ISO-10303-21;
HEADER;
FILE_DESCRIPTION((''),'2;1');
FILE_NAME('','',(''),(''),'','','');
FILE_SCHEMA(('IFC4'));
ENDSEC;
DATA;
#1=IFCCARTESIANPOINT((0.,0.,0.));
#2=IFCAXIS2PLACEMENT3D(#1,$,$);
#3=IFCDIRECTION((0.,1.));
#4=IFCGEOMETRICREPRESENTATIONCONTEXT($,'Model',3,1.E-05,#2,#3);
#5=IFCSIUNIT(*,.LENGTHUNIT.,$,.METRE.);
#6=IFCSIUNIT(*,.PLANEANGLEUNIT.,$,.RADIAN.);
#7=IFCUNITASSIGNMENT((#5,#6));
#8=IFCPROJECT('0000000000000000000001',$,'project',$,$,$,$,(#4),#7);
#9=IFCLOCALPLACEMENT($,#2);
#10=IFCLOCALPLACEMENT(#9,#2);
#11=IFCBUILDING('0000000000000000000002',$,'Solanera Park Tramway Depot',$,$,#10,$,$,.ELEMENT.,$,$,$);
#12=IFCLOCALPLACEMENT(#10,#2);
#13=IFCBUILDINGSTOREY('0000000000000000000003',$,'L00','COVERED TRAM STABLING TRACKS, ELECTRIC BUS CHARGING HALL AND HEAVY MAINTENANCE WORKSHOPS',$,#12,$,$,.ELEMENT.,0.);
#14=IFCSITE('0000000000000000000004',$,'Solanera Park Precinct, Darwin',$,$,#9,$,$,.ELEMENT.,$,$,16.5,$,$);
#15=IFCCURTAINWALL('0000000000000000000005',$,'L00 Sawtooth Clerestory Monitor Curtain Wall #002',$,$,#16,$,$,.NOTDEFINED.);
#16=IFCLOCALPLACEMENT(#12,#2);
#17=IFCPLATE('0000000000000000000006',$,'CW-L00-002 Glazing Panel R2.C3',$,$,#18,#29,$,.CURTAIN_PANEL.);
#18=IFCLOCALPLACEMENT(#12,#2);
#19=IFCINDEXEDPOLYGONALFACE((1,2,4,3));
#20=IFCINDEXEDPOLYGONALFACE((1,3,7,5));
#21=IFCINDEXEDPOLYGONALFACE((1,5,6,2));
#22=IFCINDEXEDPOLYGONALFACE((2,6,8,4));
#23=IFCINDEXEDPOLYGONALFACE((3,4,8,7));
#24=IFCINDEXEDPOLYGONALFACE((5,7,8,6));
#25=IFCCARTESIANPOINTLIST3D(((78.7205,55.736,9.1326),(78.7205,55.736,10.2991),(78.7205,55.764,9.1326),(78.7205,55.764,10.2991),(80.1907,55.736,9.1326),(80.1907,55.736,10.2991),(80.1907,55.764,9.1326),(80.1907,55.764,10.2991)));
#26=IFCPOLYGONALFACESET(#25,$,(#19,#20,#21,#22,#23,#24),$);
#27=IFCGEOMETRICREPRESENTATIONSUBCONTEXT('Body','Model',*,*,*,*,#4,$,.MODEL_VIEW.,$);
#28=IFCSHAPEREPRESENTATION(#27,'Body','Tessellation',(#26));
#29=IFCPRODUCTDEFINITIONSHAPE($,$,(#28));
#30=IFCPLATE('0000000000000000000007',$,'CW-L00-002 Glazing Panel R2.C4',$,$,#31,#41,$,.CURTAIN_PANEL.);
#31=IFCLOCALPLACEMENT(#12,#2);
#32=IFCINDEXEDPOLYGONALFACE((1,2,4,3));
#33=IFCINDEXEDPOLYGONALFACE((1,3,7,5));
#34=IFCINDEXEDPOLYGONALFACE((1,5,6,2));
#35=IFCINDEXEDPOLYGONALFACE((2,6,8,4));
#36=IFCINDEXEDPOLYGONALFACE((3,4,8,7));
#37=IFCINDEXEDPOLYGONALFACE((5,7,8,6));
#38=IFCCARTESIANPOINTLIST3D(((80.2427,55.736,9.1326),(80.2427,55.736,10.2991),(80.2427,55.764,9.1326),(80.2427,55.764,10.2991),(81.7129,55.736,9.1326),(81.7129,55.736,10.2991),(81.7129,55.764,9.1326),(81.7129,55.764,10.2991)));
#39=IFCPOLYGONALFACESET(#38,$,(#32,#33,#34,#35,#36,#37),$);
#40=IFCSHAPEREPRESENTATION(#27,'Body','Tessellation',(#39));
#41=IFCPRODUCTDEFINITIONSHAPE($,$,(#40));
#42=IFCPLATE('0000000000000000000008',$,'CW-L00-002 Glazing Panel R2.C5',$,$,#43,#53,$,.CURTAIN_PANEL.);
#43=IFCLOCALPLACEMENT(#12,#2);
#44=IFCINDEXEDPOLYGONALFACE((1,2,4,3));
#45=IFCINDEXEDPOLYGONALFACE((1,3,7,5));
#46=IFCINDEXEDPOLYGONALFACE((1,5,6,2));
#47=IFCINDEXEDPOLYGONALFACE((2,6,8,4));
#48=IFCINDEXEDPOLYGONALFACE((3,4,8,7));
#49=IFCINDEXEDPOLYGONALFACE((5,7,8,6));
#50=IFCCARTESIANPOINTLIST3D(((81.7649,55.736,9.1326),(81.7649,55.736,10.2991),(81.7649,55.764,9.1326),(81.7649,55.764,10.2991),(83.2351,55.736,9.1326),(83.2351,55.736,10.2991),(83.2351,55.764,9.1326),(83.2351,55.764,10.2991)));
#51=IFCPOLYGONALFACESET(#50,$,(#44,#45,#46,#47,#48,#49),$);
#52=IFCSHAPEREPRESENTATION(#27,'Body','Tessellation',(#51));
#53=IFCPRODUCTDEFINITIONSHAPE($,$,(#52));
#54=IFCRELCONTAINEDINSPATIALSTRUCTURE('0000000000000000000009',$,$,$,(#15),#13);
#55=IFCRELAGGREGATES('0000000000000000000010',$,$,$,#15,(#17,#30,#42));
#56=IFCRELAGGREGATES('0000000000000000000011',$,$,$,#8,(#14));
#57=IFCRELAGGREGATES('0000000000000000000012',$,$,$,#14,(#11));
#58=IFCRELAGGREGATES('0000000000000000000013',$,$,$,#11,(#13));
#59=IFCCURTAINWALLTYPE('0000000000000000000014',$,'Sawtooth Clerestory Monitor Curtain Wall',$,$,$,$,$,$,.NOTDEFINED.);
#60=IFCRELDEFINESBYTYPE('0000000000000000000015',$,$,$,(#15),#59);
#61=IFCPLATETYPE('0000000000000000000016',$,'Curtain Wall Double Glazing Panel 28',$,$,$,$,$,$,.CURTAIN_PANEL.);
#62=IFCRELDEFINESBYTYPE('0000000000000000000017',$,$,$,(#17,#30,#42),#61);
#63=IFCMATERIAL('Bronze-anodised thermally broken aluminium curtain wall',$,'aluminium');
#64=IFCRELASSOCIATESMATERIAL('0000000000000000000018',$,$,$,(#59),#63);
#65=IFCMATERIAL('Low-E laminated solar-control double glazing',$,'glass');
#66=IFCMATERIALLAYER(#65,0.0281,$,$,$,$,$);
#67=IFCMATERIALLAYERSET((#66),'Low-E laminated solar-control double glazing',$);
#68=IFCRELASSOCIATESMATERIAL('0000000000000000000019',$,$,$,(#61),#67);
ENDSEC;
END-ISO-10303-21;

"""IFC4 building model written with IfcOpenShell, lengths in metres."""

from ifc_helpers import new_model, si_unit, direction, frame, origin, origin_2d, place, context, subcontext, project, spatial, rectangle, extrude, material, layer, layer_set, type_object, element, aggregate, save


model = new_model("IFC4")

# Units and contexts
model_context = context("Model", 3, precision=1e-05, world=origin(), true_north=direction((0.0, 1.0)))
body_context = subcontext(model_context, "Body", "Model", "MODEL_VIEW")
ifc_project = project(units=[si_unit("LENGTHUNIT", "METRE"), si_unit("PLANEANGLEUNIT", "RADIAN")], contexts=[model_context])

# Site, building, storey
site_placement = place(None, origin())
site = spatial("IfcSite", under=ifc_project, at=site_placement, Name="Solanera Park Precinct, Darwin", CompositionType="ELEMENT", RefElevation=16.5)
building_placement = place(site_placement, origin())
building = spatial("IfcBuilding", under=site, at=building_placement, Name="Solanera Park Tramway Depot", CompositionType="ELEMENT")
storey_placement = place(building_placement, origin())
storey = spatial("IfcBuildingStorey", under=building, at=storey_placement, Name="L00", Description="COVERED TRAM STABLING TRACKS, ELECTRIC BUS CHARGING HALL AND HEAVY MAINTENANCE WORKSHOPS", CompositionType="ELEMENT", Elevation=0.0)

# Curtain wall, plates
ifc_material_1 = material(Name="Bronze-anodised thermally broken aluminium curtain wall", Category="aluminium")
curtain_wall_type = type_object("IfcCurtainWallType", Name="Sawtooth Clerestory Monitor Curtain Wall", PredefinedType="NOTDEFINED", material=ifc_material_1)
curtain_wall_placement = place(storey_placement, origin())
curtain_wall = element("IfcCurtainWall", 1, at=curtain_wall_placement, inside=storey, type_object=curtain_wall_type, Name="L00 Sawtooth Clerestory Monitor Curtain Wall #002", PredefinedType="NOTDEFINED")
ifc_material_2 = material(Name="Low-E laminated solar-control double glazing", Category="glass")
ifc_layer = layer(ifc_material_2, 0.0281)
ifc_layer_set = layer_set([ifc_layer], Name="Low-E laminated solar-control double glazing")
plate_type = type_object("IfcPlateType", Name="Curtain Wall Double Glazing Panel 28", PredefinedType="CURTAIN_PANEL", material=ifc_layer_set)
plate_1_placement = place(storey_placement, frame((79.4556, 55.75, 9.1326), z_axis=(0.0, 0.0, 1.0), x_axis=(1.0, 0.0, 0.0)))
plate_1 = element("IfcPlate", 2, at=plate_1_placement, type_object=plate_type, Name="CW-L00-002 Glazing Panel R2.C3", PredefinedType="CURTAIN_PANEL", context=body_context, shape_type="SweptSolid", body=[
    extrude(rectangle(XDim=1.4702, YDim=0.0281, at=origin_2d()), origin(), (0.0, 0.0, 1.0), 1.1665),
])
plate_2_placement = place(storey_placement, frame((80.9778, 55.75, 9.1326), z_axis=(0.0, 0.0, 1.0), x_axis=(1.0, 0.0, 0.0)))
plate_2 = element("IfcPlate", 3, at=plate_2_placement, type_object=plate_type, Name="CW-L00-002 Glazing Panel R2.C4", PredefinedType="CURTAIN_PANEL", context=body_context, shape_type="SweptSolid", body=[
    extrude(rectangle(XDim=1.4702, YDim=0.0281, at=origin_2d()), origin(), (0.0, 0.0, 1.0), 1.1665),
])
plate_3_placement = place(storey_placement, frame((82.5, 55.75, 9.1326), z_axis=(0.0, 0.0, 1.0), x_axis=(1.0, 0.0, 0.0)))
plate_3 = element("IfcPlate", 4, at=plate_3_placement, type_object=plate_type, Name="CW-L00-002 Glazing Panel R2.C5", PredefinedType="CURTAIN_PANEL", context=body_context, shape_type="SweptSolid", body=[
    extrude(rectangle(XDim=1.4702, YDim=0.0281, at=origin_2d()), origin(), (0.0, 0.0, 1.0), 1.1665),
])
aggregate(curtain_wall, [plate_1, plate_2, plate_3])

save(model, "model.ifc")
